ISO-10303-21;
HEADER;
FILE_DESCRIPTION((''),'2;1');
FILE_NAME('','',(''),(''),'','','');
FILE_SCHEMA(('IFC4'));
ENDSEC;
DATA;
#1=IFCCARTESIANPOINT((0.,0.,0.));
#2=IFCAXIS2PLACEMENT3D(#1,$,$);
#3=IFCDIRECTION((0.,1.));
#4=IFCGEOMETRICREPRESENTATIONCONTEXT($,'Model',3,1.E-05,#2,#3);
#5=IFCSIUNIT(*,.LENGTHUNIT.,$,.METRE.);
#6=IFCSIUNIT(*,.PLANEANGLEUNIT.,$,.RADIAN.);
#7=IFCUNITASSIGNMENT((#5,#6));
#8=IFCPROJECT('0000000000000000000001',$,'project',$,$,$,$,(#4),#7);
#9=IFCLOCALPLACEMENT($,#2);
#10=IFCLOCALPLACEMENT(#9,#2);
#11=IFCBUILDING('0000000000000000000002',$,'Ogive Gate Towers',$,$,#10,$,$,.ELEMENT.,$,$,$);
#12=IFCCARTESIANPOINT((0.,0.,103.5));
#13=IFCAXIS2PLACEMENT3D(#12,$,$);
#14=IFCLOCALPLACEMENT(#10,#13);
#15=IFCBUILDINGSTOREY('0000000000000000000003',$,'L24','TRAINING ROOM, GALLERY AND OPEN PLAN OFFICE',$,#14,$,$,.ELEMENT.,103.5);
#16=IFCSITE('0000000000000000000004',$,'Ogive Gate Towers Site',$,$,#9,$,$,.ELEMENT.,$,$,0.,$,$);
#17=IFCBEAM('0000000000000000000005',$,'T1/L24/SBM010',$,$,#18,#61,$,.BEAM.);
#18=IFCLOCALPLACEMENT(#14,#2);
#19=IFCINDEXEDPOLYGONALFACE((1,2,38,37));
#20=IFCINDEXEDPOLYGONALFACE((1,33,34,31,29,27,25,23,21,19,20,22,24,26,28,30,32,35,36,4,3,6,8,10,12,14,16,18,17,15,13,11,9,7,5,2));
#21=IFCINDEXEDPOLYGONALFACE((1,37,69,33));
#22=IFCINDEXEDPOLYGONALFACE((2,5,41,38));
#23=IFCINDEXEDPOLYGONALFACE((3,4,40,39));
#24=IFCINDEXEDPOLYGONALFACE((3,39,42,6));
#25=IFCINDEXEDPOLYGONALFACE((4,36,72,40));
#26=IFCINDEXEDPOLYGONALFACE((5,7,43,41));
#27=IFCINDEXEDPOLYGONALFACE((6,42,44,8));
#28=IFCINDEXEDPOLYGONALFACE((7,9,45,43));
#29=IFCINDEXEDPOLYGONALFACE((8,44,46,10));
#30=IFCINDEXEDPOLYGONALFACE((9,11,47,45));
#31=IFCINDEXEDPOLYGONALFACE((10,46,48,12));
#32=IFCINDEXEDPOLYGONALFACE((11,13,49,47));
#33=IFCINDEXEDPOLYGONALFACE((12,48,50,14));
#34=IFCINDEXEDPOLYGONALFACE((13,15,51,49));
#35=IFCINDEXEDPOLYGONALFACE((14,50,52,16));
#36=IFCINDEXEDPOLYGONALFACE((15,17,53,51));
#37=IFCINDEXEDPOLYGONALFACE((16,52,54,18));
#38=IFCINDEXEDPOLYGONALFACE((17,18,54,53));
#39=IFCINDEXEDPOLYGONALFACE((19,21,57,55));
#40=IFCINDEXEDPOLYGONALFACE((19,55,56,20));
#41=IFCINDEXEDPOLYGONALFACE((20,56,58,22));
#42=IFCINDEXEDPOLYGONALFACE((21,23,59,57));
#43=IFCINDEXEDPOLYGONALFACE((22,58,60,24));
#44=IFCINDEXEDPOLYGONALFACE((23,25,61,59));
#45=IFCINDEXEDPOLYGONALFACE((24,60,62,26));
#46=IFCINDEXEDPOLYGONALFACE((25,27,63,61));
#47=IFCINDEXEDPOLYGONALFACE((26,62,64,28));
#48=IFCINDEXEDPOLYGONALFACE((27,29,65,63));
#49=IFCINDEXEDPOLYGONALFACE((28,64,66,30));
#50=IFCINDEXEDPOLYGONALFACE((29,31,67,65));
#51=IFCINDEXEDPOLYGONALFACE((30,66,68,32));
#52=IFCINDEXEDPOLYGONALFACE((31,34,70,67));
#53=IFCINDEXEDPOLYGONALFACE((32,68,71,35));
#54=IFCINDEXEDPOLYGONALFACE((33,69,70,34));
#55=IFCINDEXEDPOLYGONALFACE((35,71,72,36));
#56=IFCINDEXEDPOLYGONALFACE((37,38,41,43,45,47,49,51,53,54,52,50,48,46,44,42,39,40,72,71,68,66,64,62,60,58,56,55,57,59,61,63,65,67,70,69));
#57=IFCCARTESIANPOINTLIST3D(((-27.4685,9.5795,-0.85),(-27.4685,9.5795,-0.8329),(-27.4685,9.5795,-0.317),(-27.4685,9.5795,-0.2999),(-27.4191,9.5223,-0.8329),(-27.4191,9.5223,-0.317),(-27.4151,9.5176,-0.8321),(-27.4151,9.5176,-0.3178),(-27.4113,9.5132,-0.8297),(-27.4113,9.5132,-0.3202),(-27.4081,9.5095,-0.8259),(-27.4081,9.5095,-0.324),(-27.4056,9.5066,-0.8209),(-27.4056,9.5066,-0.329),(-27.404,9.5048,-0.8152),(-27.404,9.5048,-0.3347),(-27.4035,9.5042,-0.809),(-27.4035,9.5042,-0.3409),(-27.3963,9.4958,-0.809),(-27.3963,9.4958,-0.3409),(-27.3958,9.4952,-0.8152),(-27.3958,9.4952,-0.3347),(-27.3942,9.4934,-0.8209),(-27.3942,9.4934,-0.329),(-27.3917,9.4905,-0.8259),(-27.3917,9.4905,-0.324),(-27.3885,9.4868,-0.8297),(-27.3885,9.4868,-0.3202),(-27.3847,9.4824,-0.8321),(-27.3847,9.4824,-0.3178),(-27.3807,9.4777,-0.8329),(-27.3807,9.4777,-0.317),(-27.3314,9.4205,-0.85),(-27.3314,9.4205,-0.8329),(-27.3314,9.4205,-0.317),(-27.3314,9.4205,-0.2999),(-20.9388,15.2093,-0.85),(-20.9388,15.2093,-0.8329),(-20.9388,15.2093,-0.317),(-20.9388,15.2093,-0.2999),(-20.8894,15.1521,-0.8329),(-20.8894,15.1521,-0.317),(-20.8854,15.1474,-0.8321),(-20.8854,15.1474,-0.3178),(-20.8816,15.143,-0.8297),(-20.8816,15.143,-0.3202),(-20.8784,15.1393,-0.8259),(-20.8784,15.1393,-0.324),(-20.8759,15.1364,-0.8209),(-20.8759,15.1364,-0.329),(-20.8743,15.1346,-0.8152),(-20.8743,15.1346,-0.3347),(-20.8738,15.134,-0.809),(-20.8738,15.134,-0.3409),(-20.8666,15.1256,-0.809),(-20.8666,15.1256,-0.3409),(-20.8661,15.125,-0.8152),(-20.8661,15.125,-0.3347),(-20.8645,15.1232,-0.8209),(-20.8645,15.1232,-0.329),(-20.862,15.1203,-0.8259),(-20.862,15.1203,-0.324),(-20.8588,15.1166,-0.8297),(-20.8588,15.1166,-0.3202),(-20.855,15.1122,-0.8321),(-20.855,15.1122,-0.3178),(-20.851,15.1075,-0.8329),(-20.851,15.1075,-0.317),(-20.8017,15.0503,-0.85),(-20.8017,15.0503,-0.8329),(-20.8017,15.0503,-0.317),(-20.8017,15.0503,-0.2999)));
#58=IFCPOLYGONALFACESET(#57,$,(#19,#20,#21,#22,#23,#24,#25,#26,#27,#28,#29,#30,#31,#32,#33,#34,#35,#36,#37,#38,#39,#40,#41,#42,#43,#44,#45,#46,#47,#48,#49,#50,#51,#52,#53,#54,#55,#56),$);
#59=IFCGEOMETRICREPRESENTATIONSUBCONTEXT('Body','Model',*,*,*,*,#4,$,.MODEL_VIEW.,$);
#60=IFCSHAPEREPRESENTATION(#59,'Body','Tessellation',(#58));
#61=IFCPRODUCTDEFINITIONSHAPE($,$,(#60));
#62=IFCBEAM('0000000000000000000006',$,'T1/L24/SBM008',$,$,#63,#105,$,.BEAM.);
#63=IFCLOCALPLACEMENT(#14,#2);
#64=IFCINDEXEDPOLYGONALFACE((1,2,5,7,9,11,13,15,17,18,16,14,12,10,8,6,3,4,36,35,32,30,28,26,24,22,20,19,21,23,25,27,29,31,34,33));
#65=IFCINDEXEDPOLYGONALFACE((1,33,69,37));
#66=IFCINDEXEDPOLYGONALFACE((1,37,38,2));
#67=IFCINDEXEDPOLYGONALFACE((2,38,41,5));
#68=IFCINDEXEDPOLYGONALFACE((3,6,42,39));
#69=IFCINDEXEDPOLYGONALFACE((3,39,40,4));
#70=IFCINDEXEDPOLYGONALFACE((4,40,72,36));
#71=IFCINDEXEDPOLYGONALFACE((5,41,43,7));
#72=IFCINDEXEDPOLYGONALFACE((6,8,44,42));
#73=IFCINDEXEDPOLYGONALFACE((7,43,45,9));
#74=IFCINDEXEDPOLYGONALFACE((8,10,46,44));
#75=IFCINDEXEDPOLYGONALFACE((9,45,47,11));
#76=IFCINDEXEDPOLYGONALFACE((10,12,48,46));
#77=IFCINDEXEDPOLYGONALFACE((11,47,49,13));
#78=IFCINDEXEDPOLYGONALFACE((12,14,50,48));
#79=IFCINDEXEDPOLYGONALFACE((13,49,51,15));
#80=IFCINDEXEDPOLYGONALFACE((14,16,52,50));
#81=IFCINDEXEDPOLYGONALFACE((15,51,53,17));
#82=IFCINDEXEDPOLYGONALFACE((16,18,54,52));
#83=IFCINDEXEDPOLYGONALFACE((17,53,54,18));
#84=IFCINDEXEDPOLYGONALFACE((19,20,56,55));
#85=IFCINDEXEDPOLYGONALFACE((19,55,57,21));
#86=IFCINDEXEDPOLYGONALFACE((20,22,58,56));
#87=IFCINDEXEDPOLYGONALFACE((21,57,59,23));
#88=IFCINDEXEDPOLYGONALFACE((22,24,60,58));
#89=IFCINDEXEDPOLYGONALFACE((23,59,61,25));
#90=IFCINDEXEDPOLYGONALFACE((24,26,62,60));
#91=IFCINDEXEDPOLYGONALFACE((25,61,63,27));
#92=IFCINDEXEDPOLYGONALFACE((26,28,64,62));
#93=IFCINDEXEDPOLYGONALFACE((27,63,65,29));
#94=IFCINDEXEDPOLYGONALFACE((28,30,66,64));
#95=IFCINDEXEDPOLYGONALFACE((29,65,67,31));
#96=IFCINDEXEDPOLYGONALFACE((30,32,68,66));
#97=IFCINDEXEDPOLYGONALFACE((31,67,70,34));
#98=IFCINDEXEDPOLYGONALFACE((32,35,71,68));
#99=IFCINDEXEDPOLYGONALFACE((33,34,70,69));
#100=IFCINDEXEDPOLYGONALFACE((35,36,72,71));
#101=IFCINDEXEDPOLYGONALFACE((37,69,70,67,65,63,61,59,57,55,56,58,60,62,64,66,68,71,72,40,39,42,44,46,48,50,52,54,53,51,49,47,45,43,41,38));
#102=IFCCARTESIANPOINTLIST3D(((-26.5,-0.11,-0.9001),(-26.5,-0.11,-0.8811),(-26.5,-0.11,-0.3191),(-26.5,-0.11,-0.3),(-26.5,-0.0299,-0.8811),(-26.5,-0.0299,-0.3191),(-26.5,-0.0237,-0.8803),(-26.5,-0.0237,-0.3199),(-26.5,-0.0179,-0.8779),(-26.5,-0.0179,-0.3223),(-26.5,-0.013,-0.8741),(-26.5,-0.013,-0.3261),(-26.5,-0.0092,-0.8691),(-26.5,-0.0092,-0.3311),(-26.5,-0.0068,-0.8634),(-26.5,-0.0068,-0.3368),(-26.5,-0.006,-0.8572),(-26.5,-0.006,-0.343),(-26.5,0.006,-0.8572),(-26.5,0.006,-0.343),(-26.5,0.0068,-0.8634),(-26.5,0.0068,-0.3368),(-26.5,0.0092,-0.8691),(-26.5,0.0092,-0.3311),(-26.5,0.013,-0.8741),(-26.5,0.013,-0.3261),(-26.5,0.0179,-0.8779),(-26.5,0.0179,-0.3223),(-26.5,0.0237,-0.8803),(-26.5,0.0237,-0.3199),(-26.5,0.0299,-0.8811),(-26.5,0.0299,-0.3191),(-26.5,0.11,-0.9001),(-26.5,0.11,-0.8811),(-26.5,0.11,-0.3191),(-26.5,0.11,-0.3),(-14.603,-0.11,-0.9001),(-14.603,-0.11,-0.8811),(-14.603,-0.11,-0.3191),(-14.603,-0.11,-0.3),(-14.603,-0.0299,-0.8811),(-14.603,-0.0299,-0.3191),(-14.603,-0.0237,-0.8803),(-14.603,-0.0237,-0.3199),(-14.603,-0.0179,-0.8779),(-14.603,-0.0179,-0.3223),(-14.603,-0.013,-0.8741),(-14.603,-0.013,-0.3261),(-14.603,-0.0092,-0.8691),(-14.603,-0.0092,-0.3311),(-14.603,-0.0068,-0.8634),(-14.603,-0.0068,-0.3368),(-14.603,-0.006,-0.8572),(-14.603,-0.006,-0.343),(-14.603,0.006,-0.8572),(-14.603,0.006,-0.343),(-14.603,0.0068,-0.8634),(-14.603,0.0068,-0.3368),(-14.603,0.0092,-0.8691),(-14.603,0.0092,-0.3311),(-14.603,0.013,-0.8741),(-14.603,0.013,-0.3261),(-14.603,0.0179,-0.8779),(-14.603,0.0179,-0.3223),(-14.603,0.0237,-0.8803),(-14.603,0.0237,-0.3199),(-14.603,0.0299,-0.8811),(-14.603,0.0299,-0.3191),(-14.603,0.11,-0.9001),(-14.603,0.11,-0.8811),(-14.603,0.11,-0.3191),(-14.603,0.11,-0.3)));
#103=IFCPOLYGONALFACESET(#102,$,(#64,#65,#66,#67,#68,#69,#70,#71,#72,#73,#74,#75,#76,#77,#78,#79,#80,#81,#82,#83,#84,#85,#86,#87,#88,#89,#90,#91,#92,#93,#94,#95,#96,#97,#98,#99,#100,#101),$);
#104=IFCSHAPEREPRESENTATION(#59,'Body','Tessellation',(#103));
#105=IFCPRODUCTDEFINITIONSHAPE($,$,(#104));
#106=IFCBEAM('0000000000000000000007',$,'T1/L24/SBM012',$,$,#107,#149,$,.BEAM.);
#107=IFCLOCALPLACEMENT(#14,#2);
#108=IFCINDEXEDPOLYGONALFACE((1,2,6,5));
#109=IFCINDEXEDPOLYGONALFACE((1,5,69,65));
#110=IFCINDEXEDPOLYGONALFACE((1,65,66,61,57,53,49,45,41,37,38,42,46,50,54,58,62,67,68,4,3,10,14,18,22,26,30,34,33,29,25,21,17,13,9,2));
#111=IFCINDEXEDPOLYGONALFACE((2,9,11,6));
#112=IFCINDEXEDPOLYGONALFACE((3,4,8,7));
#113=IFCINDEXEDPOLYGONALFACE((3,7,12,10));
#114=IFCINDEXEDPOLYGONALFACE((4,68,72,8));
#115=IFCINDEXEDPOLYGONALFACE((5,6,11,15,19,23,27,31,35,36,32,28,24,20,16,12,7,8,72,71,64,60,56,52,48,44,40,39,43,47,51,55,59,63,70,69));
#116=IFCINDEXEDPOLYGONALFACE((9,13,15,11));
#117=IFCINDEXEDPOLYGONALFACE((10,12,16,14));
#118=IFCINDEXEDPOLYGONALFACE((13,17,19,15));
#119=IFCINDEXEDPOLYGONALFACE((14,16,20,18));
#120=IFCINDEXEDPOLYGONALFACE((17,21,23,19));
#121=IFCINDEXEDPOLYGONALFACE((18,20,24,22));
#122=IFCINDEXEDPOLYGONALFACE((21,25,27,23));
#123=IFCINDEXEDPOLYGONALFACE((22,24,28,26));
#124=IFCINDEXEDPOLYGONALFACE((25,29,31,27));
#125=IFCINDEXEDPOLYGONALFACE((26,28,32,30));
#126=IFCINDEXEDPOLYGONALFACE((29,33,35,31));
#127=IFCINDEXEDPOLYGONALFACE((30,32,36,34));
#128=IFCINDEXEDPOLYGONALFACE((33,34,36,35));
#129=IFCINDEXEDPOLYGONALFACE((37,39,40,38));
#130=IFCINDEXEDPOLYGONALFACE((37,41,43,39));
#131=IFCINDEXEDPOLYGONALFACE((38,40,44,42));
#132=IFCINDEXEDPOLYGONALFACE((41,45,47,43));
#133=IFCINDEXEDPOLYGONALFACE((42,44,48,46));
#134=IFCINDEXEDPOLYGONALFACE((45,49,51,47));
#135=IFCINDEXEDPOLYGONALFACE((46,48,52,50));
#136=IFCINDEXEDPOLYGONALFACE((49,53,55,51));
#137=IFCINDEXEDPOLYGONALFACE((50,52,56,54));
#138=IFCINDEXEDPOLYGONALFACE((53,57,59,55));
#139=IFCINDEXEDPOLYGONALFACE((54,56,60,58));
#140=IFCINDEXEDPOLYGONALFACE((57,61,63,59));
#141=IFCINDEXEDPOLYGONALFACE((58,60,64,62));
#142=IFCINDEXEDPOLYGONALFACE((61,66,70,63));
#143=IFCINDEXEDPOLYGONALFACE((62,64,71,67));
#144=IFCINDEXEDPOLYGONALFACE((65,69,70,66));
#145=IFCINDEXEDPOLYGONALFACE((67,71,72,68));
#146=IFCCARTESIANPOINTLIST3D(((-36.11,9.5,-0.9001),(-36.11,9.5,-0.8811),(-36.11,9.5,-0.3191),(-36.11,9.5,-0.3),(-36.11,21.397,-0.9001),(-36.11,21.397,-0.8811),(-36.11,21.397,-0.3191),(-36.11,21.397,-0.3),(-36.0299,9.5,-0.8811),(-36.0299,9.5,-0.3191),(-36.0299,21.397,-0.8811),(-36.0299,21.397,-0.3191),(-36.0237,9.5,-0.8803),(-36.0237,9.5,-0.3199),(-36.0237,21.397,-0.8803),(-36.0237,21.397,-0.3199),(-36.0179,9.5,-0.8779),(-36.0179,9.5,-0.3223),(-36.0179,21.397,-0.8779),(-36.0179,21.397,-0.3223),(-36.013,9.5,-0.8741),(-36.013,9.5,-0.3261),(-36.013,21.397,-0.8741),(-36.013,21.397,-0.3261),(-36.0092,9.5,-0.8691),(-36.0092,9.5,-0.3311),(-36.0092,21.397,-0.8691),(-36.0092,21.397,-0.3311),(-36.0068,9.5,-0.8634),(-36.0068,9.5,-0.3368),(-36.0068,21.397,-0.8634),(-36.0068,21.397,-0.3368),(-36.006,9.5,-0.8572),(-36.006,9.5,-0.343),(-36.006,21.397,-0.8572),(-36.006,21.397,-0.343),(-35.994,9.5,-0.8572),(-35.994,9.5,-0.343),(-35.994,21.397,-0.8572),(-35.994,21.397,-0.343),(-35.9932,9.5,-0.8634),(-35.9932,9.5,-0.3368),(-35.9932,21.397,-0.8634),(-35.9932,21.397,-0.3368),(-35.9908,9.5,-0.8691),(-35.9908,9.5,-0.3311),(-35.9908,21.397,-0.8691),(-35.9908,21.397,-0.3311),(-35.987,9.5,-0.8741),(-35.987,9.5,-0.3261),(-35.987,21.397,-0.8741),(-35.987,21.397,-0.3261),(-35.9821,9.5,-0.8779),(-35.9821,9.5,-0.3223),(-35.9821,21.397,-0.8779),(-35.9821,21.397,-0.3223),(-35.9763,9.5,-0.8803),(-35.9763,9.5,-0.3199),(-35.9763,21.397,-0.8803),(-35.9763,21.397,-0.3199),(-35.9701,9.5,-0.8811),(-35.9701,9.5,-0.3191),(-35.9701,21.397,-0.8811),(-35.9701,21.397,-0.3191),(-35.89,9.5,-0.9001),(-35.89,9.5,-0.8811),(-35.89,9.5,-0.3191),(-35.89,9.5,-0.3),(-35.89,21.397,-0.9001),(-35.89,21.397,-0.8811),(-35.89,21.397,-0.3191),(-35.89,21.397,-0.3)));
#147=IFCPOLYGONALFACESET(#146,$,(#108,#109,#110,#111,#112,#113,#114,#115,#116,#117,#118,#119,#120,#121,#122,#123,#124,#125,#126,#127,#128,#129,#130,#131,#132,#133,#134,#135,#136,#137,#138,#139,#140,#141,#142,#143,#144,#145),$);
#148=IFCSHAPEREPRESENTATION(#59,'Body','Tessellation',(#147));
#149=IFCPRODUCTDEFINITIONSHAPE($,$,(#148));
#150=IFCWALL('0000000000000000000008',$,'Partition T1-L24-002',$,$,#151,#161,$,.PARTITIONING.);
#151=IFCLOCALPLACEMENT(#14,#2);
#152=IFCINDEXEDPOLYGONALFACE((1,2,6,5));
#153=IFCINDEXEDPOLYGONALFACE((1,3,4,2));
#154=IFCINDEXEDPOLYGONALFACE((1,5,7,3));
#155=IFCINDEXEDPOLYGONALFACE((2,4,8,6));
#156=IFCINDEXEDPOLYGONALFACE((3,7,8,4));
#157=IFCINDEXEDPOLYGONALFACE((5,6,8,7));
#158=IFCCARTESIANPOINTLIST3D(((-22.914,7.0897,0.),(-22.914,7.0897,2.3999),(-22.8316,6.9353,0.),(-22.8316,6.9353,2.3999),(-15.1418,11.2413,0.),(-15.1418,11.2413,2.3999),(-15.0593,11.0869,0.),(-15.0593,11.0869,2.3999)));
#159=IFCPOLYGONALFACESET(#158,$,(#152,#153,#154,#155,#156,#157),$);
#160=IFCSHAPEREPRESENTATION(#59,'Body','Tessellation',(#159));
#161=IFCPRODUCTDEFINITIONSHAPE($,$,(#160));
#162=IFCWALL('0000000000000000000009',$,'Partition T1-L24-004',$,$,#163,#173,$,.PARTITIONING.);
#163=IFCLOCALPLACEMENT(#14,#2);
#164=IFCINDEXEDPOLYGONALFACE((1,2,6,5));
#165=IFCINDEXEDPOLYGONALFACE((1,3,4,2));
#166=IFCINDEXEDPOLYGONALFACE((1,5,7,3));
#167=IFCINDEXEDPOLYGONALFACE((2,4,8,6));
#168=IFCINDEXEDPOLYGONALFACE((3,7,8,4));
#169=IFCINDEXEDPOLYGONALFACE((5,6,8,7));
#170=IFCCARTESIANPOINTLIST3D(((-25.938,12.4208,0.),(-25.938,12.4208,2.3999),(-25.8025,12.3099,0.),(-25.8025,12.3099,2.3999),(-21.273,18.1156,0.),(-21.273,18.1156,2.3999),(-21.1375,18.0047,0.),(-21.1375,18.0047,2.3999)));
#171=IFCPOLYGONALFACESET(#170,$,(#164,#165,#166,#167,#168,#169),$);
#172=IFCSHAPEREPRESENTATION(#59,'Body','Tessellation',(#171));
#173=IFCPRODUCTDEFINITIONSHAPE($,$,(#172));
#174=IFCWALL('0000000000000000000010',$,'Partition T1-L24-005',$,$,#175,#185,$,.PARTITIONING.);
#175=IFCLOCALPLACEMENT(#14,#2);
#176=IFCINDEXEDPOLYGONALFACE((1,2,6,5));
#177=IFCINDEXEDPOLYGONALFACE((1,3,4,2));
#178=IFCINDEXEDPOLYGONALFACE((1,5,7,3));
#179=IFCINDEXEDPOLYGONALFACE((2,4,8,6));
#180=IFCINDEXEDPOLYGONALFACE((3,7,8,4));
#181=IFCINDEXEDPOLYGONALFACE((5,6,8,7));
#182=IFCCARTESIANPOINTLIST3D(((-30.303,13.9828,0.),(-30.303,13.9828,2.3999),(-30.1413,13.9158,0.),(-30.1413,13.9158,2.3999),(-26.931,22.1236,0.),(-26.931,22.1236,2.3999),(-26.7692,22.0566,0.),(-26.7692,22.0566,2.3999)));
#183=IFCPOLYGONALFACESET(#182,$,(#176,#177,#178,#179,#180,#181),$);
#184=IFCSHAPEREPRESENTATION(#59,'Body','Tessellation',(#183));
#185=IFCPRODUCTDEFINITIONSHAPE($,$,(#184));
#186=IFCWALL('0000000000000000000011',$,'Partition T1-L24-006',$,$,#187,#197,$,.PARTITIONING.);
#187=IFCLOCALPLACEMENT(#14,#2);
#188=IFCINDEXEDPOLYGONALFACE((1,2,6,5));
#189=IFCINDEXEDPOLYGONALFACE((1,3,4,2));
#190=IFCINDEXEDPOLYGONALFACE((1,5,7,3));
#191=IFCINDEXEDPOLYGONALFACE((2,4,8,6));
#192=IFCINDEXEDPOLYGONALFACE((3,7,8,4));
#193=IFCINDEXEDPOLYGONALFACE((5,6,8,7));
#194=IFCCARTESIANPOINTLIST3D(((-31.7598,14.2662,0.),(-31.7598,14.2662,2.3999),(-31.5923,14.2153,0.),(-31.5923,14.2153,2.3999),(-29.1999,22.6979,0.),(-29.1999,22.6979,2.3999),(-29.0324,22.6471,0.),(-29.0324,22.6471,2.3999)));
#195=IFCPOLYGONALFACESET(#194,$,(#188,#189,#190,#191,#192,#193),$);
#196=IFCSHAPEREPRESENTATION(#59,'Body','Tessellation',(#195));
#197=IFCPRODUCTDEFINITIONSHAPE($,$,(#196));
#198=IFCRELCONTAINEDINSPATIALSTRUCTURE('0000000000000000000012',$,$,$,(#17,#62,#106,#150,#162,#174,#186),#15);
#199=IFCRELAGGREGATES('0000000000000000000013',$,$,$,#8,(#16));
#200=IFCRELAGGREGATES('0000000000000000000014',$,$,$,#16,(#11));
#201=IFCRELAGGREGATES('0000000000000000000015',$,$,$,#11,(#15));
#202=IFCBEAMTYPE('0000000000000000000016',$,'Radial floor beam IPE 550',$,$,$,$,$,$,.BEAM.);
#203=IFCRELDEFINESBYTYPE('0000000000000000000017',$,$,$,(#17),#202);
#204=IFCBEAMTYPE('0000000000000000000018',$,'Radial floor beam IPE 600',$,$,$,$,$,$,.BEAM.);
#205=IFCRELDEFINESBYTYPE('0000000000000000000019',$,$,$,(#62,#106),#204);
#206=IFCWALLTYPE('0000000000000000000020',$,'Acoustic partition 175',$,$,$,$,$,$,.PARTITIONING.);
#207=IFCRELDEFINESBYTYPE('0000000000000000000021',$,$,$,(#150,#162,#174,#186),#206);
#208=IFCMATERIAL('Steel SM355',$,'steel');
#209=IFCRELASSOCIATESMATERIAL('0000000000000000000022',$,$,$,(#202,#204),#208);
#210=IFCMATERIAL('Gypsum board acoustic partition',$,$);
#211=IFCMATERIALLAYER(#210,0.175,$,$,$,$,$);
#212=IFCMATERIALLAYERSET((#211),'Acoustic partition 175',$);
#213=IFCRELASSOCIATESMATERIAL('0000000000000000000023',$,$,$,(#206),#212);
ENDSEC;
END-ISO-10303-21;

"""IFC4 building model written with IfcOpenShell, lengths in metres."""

from ifc_helpers import new_model, si_unit, direction, frame, frame_2d, origin, origin_2d, place, context, subcontext, project, spatial, rectangle, i_section, extrude, material, layer, layer_set, material_profile, profile_set, type_object, element, save


model = new_model("IFC4")

# Units and contexts
model_context = context("Model", 3, precision=1e-05, world=origin(), true_north=direction((0.0, 1.0)))
body_context = subcontext(model_context, "Body", "Model", "MODEL_VIEW")
ifc_project = project(units=[si_unit("LENGTHUNIT", "METRE"), si_unit("PLANEANGLEUNIT", "RADIAN")], contexts=[model_context])

# Site, building, storey
site_placement = place(None, origin())
site = spatial("IfcSite", under=ifc_project, at=site_placement, Name="Ogive Gate Towers Site", CompositionType="ELEMENT", RefElevation=0.0)
building_placement = place(site_placement, origin())
building = spatial("IfcBuilding", under=site, at=building_placement, Name="Ogive Gate Towers", CompositionType="ELEMENT")
storey_placement = place(building_placement, frame((0.0, 0.0, 103.5)))
storey = spatial("IfcBuildingStorey", under=building, at=storey_placement, Name="L24", Description="TRAINING ROOM, GALLERY AND OPEN PLAN OFFICE", CompositionType="ELEMENT", Elevation=103.5)

# Beams
ifc_material_1 = material(Name="Steel SM355", Category="steel")
ifc_material_profile_1 = material_profile(ifc_material_1, i_section(OverallWidth=0.21, OverallDepth=0.55, WebThickness=0.011, FlangeThickness=0.0171, FilletRadius=0.0239, at=origin_2d()), Name="IPE 550")
ifc_profile_set_1 = profile_set([ifc_material_profile_1], Name="Steel SM355")
beam_type_1 = type_object("IfcBeamType", Name="Radial floor beam IPE 550", PredefinedType="BEAM", material=ifc_profile_set_1)
beam_1_placement = place(storey_placement, frame((-27.3999, 9.5, -0.575), z_axis=(0.757366, 0.65299, 0.0), x_axis=(-0.65299, 0.757366, 0.0)))
element("IfcBeam", 1, at=beam_1_placement, inside=storey, type_object=beam_type_1, Name="T1/L24/SBM010", PredefinedType="BEAM", context=body_context, shape_type="SweptSolid", body=[
    extrude(i_section(OverallWidth=0.21, OverallDepth=0.55, WebThickness=0.011, FlangeThickness=0.0171, FilletRadius=0.0239, at=origin_2d()), origin(), (0.0, 0.0, 1.0), 8.6216),
])
ifc_material_profile_2 = material_profile(ifc_material_1, i_section(OverallWidth=0.22, OverallDepth=0.6001, WebThickness=0.012, FlangeThickness=0.019, FilletRadius=0.0239, at=origin_2d()), Name="IPE 600")
ifc_profile_set_2 = profile_set([ifc_material_profile_2], Name="Steel SM355")
beam_type_2 = type_object("IfcBeamType", Name="Radial floor beam IPE 600", PredefinedType="BEAM", material=ifc_profile_set_2)
for number, where, z_axis, x_axis, name in (
    (2, (-26.5, 0.0, -0.6001), (1.0, 0.0, 0.0), (0.0, 1.0, 0.0), "T1/L24/SBM008"),
    (3, (-36.0, 9.5, -0.6001), (0.0, 1.0, 0.0), (-1.0, 0.0, 0.0), "T1/L24/SBM012"),
):
    element("IfcBeam", number, at=place(storey_placement, frame(where, z_axis=z_axis, x_axis=x_axis)), inside=storey, type_object=beam_type_2, Name=name, PredefinedType="BEAM", context=body_context, shape_type="SweptSolid", body=[
        extrude(i_section(OverallWidth=0.22, OverallDepth=0.6001, WebThickness=0.012, FlangeThickness=0.019, FilletRadius=0.0239, at=origin_2d()), origin(), (0.0, 0.0, 1.0), 11.897),
    ])

# Walls
ifc_material_2 = material(Name="Gypsum board acoustic partition")
ifc_layer_1 = layer(ifc_material_2, 0.175)
ifc_layer_set_1 = layer_set([ifc_layer_1], Name="Acoustic partition 175")
wall_type_1 = type_object("IfcWallType", Name="Acoustic partition 175", PredefinedType="PARTITIONING", material=ifc_layer_set_1)
wall_1_placement = place(storey_placement, frame((-15.1006, 11.1641, 0.0), z_axis=(0.0, 0.0, 1.0), x_axis=(-0.88205, -0.471156, 0.0)))
element("IfcWall", 4, at=wall_1_placement, inside=storey, type_object=wall_type_1, Name="Partition T1-L24-002", PredefinedType="PARTITIONING", context=body_context, shape_type="SweptSolid", body=[
    extrude(rectangle(XDim=8.8115, YDim=0.175, at=frame_2d((4.4058, 0.0))), origin(), (0.0, 0.0, 1.0), 2.3999),
])
wall_2_placement = place(storey_placement, frame((-21.2053, 18.0601, 0.0), z_axis=(0.0, 0.0, 1.0), x_axis=(-0.633696, -0.773582, 0.0)))
element("IfcWall", 5, at=wall_2_placement, inside=storey, type_object=wall_type_1, Name="Partition T1-L24-004", PredefinedType="PARTITIONING", context=body_context, shape_type="SweptSolid", body=[
    extrude(rectangle(XDim=7.3616, YDim=0.175, at=frame_2d((3.6807, 0.0))), origin(), (0.0, 0.0, 1.0), 2.3999),
])
wall_3_placement = place(storey_placement, frame((-26.8501, 22.0901, 0.0), z_axis=(0.0, 0.0, 1.0), x_axis=(-0.382685, -0.923879, 0.0)))
element("IfcWall", 6, at=wall_3_placement, inside=storey, type_object=wall_type_1, Name="Partition T1-L24-005", PredefinedType="PARTITIONING", context=body_context, shape_type="SweptSolid", body=[
    extrude(rectangle(XDim=8.8115, YDim=0.175, at=frame_2d((4.4058, 0.0))), origin(), (0.0, 0.0, 1.0), 2.3999),
])
wall_4_placement = place(storey_placement, frame((-29.1162, 22.6724, 0.0), z_axis=(0.0, 0.0, 1.0), x_axis=(-0.290503, -0.956874, 0.0)))
element("IfcWall", 7, at=wall_4_placement, inside=storey, type_object=wall_type_1, Name="Partition T1-L24-006", PredefinedType="PARTITIONING", context=body_context, shape_type="SweptSolid", body=[
    extrude(rectangle(XDim=8.8118, YDim=0.175, at=frame_2d((4.4058, 0.0))), origin(), (0.0, 0.0, 1.0), 2.3999),
])

save(model, "model.ifc")
